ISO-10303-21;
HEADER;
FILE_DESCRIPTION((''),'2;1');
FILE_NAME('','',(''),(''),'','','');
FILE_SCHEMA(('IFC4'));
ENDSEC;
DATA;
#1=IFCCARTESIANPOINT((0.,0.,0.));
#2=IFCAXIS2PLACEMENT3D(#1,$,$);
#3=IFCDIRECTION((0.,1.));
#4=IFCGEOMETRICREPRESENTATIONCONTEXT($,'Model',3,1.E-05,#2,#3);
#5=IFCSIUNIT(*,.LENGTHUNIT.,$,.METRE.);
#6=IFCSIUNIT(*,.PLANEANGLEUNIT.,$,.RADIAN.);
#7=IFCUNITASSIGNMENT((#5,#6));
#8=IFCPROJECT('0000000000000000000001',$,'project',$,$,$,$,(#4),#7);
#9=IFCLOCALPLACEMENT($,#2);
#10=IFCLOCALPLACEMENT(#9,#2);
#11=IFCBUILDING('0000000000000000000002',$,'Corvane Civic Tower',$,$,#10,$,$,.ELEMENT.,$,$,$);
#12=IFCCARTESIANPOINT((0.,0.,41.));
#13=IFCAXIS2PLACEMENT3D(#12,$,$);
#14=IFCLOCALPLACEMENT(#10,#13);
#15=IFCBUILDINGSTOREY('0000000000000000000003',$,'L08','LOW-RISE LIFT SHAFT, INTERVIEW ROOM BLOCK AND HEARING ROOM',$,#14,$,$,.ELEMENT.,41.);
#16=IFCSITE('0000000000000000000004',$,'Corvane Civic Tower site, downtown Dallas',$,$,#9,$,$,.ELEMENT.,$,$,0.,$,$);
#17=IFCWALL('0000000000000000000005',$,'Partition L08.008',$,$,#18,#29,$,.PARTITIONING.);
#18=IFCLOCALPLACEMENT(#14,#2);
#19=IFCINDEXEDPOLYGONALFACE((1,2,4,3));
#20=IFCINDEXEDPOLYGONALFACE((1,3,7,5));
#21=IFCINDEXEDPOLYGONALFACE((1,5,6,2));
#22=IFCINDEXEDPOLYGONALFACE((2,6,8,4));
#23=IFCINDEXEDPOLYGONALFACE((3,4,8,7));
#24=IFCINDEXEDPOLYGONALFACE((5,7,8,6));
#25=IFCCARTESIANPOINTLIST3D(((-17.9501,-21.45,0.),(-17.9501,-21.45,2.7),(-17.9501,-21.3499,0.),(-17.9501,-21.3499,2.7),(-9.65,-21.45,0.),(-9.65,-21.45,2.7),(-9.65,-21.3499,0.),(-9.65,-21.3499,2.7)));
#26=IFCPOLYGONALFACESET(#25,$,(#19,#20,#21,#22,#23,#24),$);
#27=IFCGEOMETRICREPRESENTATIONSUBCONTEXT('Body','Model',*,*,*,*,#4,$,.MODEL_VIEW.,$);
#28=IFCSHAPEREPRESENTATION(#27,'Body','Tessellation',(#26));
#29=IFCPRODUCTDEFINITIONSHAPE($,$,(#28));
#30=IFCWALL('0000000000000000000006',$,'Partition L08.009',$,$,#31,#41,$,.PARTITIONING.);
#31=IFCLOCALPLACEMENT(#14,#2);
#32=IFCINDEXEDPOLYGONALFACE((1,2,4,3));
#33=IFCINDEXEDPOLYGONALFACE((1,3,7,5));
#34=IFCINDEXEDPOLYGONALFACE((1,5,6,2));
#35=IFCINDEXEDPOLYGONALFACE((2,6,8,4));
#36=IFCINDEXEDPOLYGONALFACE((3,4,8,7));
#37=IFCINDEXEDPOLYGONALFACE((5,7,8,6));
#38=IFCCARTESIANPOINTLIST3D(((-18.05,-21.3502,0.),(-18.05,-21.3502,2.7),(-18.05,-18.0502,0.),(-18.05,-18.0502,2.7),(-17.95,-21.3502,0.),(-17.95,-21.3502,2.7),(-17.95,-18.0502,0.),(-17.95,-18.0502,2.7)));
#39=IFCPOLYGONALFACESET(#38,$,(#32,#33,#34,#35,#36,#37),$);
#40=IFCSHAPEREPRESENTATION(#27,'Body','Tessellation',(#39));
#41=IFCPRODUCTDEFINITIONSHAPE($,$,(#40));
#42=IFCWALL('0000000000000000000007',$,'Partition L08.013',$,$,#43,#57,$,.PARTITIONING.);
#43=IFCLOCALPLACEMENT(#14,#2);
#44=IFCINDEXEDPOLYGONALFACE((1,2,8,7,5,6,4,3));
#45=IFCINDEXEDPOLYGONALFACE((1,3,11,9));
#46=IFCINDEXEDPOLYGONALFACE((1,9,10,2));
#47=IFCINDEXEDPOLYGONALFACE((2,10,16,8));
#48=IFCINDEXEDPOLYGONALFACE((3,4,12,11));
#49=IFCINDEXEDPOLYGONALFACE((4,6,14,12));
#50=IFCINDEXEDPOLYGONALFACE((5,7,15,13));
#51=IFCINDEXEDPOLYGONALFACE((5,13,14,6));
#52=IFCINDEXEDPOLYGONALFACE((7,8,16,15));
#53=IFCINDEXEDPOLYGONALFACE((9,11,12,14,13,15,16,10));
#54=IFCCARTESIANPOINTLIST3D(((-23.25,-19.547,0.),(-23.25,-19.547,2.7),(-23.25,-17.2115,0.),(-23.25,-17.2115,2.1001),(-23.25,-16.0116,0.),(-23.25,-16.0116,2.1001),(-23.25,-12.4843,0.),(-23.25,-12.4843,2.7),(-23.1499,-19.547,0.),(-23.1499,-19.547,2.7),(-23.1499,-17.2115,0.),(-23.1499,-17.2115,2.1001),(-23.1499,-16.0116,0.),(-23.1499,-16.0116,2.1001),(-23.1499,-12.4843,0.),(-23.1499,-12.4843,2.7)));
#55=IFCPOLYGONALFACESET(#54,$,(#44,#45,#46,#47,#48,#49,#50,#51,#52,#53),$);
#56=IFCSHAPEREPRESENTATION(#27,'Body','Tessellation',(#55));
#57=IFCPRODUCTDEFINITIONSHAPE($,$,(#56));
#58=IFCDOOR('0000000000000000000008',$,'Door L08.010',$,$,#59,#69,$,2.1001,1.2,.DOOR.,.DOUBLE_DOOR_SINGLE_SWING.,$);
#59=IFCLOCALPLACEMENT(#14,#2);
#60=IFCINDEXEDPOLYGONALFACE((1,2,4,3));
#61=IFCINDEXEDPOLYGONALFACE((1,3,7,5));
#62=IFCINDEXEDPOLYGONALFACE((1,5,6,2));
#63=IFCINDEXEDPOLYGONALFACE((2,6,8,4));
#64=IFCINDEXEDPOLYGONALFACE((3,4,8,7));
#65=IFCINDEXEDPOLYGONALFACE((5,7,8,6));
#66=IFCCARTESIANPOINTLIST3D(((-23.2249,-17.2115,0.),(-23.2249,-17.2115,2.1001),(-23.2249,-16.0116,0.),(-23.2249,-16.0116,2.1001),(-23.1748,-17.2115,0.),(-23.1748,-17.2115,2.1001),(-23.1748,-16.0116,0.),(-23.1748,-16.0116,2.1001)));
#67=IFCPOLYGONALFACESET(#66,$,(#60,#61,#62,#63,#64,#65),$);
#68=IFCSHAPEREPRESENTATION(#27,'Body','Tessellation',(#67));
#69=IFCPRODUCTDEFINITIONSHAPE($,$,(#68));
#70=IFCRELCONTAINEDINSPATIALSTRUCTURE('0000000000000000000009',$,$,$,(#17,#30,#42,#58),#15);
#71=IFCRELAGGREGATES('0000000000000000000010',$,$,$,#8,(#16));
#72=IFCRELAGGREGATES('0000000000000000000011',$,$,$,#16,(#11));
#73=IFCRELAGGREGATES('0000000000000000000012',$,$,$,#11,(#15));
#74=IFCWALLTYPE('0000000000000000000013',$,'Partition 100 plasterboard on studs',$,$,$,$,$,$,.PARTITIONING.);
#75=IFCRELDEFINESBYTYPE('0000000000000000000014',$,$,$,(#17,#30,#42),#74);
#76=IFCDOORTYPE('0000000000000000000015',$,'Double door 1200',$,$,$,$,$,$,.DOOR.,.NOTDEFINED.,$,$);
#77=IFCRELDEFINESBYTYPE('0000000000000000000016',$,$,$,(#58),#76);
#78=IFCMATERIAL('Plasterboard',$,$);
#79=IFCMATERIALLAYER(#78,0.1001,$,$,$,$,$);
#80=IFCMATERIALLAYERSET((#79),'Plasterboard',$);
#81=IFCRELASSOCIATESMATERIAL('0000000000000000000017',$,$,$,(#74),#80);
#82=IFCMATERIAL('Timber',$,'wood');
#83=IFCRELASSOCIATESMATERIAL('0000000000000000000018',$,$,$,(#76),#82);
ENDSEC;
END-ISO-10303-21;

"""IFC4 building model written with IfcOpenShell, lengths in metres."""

from ifc_helpers import new_model, si_unit, direction, frame, frame_2d, origin, place, context, subcontext, project, spatial, rectangle, extrude, material, layer, layer_set, type_object, element, fill, save


model = new_model("IFC4")

# Units and contexts
model_context = context("Model", 3, precision=1e-05, world=origin(), true_north=direction((0.0, 1.0)))
body_context = subcontext(model_context, "Body", "Model", "MODEL_VIEW")
ifc_project = project(units=[si_unit("LENGTHUNIT", "METRE"), si_unit("PLANEANGLEUNIT", "RADIAN")], contexts=[model_context])

# Site, building, storey
site_placement = place(None, origin())
site = spatial("IfcSite", under=ifc_project, at=site_placement, Name="Corvane Civic Tower site, downtown Dallas", CompositionType="ELEMENT", RefElevation=0.0)
building_placement = place(site_placement, origin())
building = spatial("IfcBuilding", under=site, at=building_placement, Name="Corvane Civic Tower", CompositionType="ELEMENT")
storey_placement = place(building_placement, frame((0.0, 0.0, 41.0)))
storey = spatial("IfcBuildingStorey", under=building, at=storey_placement, Name="L08", Description="LOW-RISE LIFT SHAFT, INTERVIEW ROOM BLOCK AND HEARING ROOM", CompositionType="ELEMENT", Elevation=41.0)

# Shared definitions
ifc_material_1 = material(Name="Plasterboard")
ifc_layer_1 = layer(ifc_material_1, 0.1001)
ifc_layer_set_1 = layer_set([ifc_layer_1], Name="Plasterboard")
wall_type = type_object("IfcWallType", Name="Partition 100 plasterboard on studs", PredefinedType="PARTITIONING", material=ifc_layer_set_1)
ifc_material_2 = material(Name="Timber", Category="wood")
door_type = type_object("IfcDoorType", Name="Double door 1200", OperationType="NOTDEFINED", PredefinedType="DOOR", material=ifc_material_2)

# Walls
wall_1_placement = place(storey_placement, frame((-17.95, -21.3999, 0.0), z_axis=(0.0, 0.0, 1.0), x_axis=(1.0, 0.0, 0.0)))
element("IfcWall", 1, at=wall_1_placement, inside=storey, type_object=wall_type, Name="Partition L08.008", PredefinedType="PARTITIONING", context=body_context, shape_type="SweptSolid", body=[
    extrude(rectangle(XDim=8.3, YDim=0.1001, at=frame_2d((4.1499, 0.0))), origin(), (0.0, 0.0, 1.0), 2.7),
])
wall_2_placement = place(storey_placement, frame((-18.0, -21.3501, 0.0), z_axis=(0.0, 0.0, 1.0), x_axis=(0.0, 1.0, 0.0)))
element("IfcWall", 2, at=wall_2_placement, inside=storey, type_object=wall_type, Name="Partition L08.009", PredefinedType="PARTITIONING", context=body_context, shape_type="SweptSolid", body=[
    extrude(rectangle(XDim=3.3, YDim=0.1001, at=frame_2d((1.6499, 0.0))), origin(), (0.0, 0.0, 1.0), 2.7),
])

# Wall, opening, door
wall_3_placement = place(storey_placement, frame((-23.2, -19.5469, 0.0), z_axis=(0.0, 0.0, 1.0), x_axis=(0.0, 1.0, 0.0)))
wall_3 = element("IfcWall", 3, at=wall_3_placement, inside=storey, type_object=wall_type, Name="Partition L08.013", PredefinedType="PARTITIONING", context=body_context, shape_type="SweptSolid", body=[
    extrude(rectangle(XDim=7.0627, YDim=0.1001, at=frame_2d((3.5312, 0.0))), origin(), (0.0, 0.0, 1.0), 2.7),
])
opening_1_placement = place(wall_3_placement, frame((2.3352, 0.0, 0.0)))
opening_1 = element("IfcOpeningElement", 4, at=opening_1_placement, cuts=wall_3, PredefinedType="OPENING", context=body_context, shape_type="SweptSolid", body=[
    extrude(rectangle(XDim=1.2, YDim=2.1001, at=frame_2d((0.6001, 1.05))), frame((0.0, 0.0601, 0.0), z_axis=(0.0, -1.0, 0.0), x_axis=(1.0, 0.0, 0.0)), (0.0, 0.0, 1.0), 0.1201),
])
door_1_placement = place(opening_1_placement, origin())
door_1 = element("IfcDoor", 5, at=door_1_placement, inside=storey, type_object=door_type, Name="Door L08.010", OperationType="DOUBLE_DOOR_SINGLE_SWING", OverallHeight=2.1001, OverallWidth=1.2, PredefinedType="DOOR", context=body_context, shape_type="SweptSolid", body=[
    extrude(rectangle(XDim=1.2, YDim=2.1001, at=frame_2d((0.6001, 1.05))), frame((0.0, 0.0249, 0.0), z_axis=(0.0, -1.0, 0.0), x_axis=(1.0, 0.0, 0.0)), (0.0, 0.0, 1.0), 0.05),
])
fill(opening_1, door_1)

save(model, "model.ifc")
